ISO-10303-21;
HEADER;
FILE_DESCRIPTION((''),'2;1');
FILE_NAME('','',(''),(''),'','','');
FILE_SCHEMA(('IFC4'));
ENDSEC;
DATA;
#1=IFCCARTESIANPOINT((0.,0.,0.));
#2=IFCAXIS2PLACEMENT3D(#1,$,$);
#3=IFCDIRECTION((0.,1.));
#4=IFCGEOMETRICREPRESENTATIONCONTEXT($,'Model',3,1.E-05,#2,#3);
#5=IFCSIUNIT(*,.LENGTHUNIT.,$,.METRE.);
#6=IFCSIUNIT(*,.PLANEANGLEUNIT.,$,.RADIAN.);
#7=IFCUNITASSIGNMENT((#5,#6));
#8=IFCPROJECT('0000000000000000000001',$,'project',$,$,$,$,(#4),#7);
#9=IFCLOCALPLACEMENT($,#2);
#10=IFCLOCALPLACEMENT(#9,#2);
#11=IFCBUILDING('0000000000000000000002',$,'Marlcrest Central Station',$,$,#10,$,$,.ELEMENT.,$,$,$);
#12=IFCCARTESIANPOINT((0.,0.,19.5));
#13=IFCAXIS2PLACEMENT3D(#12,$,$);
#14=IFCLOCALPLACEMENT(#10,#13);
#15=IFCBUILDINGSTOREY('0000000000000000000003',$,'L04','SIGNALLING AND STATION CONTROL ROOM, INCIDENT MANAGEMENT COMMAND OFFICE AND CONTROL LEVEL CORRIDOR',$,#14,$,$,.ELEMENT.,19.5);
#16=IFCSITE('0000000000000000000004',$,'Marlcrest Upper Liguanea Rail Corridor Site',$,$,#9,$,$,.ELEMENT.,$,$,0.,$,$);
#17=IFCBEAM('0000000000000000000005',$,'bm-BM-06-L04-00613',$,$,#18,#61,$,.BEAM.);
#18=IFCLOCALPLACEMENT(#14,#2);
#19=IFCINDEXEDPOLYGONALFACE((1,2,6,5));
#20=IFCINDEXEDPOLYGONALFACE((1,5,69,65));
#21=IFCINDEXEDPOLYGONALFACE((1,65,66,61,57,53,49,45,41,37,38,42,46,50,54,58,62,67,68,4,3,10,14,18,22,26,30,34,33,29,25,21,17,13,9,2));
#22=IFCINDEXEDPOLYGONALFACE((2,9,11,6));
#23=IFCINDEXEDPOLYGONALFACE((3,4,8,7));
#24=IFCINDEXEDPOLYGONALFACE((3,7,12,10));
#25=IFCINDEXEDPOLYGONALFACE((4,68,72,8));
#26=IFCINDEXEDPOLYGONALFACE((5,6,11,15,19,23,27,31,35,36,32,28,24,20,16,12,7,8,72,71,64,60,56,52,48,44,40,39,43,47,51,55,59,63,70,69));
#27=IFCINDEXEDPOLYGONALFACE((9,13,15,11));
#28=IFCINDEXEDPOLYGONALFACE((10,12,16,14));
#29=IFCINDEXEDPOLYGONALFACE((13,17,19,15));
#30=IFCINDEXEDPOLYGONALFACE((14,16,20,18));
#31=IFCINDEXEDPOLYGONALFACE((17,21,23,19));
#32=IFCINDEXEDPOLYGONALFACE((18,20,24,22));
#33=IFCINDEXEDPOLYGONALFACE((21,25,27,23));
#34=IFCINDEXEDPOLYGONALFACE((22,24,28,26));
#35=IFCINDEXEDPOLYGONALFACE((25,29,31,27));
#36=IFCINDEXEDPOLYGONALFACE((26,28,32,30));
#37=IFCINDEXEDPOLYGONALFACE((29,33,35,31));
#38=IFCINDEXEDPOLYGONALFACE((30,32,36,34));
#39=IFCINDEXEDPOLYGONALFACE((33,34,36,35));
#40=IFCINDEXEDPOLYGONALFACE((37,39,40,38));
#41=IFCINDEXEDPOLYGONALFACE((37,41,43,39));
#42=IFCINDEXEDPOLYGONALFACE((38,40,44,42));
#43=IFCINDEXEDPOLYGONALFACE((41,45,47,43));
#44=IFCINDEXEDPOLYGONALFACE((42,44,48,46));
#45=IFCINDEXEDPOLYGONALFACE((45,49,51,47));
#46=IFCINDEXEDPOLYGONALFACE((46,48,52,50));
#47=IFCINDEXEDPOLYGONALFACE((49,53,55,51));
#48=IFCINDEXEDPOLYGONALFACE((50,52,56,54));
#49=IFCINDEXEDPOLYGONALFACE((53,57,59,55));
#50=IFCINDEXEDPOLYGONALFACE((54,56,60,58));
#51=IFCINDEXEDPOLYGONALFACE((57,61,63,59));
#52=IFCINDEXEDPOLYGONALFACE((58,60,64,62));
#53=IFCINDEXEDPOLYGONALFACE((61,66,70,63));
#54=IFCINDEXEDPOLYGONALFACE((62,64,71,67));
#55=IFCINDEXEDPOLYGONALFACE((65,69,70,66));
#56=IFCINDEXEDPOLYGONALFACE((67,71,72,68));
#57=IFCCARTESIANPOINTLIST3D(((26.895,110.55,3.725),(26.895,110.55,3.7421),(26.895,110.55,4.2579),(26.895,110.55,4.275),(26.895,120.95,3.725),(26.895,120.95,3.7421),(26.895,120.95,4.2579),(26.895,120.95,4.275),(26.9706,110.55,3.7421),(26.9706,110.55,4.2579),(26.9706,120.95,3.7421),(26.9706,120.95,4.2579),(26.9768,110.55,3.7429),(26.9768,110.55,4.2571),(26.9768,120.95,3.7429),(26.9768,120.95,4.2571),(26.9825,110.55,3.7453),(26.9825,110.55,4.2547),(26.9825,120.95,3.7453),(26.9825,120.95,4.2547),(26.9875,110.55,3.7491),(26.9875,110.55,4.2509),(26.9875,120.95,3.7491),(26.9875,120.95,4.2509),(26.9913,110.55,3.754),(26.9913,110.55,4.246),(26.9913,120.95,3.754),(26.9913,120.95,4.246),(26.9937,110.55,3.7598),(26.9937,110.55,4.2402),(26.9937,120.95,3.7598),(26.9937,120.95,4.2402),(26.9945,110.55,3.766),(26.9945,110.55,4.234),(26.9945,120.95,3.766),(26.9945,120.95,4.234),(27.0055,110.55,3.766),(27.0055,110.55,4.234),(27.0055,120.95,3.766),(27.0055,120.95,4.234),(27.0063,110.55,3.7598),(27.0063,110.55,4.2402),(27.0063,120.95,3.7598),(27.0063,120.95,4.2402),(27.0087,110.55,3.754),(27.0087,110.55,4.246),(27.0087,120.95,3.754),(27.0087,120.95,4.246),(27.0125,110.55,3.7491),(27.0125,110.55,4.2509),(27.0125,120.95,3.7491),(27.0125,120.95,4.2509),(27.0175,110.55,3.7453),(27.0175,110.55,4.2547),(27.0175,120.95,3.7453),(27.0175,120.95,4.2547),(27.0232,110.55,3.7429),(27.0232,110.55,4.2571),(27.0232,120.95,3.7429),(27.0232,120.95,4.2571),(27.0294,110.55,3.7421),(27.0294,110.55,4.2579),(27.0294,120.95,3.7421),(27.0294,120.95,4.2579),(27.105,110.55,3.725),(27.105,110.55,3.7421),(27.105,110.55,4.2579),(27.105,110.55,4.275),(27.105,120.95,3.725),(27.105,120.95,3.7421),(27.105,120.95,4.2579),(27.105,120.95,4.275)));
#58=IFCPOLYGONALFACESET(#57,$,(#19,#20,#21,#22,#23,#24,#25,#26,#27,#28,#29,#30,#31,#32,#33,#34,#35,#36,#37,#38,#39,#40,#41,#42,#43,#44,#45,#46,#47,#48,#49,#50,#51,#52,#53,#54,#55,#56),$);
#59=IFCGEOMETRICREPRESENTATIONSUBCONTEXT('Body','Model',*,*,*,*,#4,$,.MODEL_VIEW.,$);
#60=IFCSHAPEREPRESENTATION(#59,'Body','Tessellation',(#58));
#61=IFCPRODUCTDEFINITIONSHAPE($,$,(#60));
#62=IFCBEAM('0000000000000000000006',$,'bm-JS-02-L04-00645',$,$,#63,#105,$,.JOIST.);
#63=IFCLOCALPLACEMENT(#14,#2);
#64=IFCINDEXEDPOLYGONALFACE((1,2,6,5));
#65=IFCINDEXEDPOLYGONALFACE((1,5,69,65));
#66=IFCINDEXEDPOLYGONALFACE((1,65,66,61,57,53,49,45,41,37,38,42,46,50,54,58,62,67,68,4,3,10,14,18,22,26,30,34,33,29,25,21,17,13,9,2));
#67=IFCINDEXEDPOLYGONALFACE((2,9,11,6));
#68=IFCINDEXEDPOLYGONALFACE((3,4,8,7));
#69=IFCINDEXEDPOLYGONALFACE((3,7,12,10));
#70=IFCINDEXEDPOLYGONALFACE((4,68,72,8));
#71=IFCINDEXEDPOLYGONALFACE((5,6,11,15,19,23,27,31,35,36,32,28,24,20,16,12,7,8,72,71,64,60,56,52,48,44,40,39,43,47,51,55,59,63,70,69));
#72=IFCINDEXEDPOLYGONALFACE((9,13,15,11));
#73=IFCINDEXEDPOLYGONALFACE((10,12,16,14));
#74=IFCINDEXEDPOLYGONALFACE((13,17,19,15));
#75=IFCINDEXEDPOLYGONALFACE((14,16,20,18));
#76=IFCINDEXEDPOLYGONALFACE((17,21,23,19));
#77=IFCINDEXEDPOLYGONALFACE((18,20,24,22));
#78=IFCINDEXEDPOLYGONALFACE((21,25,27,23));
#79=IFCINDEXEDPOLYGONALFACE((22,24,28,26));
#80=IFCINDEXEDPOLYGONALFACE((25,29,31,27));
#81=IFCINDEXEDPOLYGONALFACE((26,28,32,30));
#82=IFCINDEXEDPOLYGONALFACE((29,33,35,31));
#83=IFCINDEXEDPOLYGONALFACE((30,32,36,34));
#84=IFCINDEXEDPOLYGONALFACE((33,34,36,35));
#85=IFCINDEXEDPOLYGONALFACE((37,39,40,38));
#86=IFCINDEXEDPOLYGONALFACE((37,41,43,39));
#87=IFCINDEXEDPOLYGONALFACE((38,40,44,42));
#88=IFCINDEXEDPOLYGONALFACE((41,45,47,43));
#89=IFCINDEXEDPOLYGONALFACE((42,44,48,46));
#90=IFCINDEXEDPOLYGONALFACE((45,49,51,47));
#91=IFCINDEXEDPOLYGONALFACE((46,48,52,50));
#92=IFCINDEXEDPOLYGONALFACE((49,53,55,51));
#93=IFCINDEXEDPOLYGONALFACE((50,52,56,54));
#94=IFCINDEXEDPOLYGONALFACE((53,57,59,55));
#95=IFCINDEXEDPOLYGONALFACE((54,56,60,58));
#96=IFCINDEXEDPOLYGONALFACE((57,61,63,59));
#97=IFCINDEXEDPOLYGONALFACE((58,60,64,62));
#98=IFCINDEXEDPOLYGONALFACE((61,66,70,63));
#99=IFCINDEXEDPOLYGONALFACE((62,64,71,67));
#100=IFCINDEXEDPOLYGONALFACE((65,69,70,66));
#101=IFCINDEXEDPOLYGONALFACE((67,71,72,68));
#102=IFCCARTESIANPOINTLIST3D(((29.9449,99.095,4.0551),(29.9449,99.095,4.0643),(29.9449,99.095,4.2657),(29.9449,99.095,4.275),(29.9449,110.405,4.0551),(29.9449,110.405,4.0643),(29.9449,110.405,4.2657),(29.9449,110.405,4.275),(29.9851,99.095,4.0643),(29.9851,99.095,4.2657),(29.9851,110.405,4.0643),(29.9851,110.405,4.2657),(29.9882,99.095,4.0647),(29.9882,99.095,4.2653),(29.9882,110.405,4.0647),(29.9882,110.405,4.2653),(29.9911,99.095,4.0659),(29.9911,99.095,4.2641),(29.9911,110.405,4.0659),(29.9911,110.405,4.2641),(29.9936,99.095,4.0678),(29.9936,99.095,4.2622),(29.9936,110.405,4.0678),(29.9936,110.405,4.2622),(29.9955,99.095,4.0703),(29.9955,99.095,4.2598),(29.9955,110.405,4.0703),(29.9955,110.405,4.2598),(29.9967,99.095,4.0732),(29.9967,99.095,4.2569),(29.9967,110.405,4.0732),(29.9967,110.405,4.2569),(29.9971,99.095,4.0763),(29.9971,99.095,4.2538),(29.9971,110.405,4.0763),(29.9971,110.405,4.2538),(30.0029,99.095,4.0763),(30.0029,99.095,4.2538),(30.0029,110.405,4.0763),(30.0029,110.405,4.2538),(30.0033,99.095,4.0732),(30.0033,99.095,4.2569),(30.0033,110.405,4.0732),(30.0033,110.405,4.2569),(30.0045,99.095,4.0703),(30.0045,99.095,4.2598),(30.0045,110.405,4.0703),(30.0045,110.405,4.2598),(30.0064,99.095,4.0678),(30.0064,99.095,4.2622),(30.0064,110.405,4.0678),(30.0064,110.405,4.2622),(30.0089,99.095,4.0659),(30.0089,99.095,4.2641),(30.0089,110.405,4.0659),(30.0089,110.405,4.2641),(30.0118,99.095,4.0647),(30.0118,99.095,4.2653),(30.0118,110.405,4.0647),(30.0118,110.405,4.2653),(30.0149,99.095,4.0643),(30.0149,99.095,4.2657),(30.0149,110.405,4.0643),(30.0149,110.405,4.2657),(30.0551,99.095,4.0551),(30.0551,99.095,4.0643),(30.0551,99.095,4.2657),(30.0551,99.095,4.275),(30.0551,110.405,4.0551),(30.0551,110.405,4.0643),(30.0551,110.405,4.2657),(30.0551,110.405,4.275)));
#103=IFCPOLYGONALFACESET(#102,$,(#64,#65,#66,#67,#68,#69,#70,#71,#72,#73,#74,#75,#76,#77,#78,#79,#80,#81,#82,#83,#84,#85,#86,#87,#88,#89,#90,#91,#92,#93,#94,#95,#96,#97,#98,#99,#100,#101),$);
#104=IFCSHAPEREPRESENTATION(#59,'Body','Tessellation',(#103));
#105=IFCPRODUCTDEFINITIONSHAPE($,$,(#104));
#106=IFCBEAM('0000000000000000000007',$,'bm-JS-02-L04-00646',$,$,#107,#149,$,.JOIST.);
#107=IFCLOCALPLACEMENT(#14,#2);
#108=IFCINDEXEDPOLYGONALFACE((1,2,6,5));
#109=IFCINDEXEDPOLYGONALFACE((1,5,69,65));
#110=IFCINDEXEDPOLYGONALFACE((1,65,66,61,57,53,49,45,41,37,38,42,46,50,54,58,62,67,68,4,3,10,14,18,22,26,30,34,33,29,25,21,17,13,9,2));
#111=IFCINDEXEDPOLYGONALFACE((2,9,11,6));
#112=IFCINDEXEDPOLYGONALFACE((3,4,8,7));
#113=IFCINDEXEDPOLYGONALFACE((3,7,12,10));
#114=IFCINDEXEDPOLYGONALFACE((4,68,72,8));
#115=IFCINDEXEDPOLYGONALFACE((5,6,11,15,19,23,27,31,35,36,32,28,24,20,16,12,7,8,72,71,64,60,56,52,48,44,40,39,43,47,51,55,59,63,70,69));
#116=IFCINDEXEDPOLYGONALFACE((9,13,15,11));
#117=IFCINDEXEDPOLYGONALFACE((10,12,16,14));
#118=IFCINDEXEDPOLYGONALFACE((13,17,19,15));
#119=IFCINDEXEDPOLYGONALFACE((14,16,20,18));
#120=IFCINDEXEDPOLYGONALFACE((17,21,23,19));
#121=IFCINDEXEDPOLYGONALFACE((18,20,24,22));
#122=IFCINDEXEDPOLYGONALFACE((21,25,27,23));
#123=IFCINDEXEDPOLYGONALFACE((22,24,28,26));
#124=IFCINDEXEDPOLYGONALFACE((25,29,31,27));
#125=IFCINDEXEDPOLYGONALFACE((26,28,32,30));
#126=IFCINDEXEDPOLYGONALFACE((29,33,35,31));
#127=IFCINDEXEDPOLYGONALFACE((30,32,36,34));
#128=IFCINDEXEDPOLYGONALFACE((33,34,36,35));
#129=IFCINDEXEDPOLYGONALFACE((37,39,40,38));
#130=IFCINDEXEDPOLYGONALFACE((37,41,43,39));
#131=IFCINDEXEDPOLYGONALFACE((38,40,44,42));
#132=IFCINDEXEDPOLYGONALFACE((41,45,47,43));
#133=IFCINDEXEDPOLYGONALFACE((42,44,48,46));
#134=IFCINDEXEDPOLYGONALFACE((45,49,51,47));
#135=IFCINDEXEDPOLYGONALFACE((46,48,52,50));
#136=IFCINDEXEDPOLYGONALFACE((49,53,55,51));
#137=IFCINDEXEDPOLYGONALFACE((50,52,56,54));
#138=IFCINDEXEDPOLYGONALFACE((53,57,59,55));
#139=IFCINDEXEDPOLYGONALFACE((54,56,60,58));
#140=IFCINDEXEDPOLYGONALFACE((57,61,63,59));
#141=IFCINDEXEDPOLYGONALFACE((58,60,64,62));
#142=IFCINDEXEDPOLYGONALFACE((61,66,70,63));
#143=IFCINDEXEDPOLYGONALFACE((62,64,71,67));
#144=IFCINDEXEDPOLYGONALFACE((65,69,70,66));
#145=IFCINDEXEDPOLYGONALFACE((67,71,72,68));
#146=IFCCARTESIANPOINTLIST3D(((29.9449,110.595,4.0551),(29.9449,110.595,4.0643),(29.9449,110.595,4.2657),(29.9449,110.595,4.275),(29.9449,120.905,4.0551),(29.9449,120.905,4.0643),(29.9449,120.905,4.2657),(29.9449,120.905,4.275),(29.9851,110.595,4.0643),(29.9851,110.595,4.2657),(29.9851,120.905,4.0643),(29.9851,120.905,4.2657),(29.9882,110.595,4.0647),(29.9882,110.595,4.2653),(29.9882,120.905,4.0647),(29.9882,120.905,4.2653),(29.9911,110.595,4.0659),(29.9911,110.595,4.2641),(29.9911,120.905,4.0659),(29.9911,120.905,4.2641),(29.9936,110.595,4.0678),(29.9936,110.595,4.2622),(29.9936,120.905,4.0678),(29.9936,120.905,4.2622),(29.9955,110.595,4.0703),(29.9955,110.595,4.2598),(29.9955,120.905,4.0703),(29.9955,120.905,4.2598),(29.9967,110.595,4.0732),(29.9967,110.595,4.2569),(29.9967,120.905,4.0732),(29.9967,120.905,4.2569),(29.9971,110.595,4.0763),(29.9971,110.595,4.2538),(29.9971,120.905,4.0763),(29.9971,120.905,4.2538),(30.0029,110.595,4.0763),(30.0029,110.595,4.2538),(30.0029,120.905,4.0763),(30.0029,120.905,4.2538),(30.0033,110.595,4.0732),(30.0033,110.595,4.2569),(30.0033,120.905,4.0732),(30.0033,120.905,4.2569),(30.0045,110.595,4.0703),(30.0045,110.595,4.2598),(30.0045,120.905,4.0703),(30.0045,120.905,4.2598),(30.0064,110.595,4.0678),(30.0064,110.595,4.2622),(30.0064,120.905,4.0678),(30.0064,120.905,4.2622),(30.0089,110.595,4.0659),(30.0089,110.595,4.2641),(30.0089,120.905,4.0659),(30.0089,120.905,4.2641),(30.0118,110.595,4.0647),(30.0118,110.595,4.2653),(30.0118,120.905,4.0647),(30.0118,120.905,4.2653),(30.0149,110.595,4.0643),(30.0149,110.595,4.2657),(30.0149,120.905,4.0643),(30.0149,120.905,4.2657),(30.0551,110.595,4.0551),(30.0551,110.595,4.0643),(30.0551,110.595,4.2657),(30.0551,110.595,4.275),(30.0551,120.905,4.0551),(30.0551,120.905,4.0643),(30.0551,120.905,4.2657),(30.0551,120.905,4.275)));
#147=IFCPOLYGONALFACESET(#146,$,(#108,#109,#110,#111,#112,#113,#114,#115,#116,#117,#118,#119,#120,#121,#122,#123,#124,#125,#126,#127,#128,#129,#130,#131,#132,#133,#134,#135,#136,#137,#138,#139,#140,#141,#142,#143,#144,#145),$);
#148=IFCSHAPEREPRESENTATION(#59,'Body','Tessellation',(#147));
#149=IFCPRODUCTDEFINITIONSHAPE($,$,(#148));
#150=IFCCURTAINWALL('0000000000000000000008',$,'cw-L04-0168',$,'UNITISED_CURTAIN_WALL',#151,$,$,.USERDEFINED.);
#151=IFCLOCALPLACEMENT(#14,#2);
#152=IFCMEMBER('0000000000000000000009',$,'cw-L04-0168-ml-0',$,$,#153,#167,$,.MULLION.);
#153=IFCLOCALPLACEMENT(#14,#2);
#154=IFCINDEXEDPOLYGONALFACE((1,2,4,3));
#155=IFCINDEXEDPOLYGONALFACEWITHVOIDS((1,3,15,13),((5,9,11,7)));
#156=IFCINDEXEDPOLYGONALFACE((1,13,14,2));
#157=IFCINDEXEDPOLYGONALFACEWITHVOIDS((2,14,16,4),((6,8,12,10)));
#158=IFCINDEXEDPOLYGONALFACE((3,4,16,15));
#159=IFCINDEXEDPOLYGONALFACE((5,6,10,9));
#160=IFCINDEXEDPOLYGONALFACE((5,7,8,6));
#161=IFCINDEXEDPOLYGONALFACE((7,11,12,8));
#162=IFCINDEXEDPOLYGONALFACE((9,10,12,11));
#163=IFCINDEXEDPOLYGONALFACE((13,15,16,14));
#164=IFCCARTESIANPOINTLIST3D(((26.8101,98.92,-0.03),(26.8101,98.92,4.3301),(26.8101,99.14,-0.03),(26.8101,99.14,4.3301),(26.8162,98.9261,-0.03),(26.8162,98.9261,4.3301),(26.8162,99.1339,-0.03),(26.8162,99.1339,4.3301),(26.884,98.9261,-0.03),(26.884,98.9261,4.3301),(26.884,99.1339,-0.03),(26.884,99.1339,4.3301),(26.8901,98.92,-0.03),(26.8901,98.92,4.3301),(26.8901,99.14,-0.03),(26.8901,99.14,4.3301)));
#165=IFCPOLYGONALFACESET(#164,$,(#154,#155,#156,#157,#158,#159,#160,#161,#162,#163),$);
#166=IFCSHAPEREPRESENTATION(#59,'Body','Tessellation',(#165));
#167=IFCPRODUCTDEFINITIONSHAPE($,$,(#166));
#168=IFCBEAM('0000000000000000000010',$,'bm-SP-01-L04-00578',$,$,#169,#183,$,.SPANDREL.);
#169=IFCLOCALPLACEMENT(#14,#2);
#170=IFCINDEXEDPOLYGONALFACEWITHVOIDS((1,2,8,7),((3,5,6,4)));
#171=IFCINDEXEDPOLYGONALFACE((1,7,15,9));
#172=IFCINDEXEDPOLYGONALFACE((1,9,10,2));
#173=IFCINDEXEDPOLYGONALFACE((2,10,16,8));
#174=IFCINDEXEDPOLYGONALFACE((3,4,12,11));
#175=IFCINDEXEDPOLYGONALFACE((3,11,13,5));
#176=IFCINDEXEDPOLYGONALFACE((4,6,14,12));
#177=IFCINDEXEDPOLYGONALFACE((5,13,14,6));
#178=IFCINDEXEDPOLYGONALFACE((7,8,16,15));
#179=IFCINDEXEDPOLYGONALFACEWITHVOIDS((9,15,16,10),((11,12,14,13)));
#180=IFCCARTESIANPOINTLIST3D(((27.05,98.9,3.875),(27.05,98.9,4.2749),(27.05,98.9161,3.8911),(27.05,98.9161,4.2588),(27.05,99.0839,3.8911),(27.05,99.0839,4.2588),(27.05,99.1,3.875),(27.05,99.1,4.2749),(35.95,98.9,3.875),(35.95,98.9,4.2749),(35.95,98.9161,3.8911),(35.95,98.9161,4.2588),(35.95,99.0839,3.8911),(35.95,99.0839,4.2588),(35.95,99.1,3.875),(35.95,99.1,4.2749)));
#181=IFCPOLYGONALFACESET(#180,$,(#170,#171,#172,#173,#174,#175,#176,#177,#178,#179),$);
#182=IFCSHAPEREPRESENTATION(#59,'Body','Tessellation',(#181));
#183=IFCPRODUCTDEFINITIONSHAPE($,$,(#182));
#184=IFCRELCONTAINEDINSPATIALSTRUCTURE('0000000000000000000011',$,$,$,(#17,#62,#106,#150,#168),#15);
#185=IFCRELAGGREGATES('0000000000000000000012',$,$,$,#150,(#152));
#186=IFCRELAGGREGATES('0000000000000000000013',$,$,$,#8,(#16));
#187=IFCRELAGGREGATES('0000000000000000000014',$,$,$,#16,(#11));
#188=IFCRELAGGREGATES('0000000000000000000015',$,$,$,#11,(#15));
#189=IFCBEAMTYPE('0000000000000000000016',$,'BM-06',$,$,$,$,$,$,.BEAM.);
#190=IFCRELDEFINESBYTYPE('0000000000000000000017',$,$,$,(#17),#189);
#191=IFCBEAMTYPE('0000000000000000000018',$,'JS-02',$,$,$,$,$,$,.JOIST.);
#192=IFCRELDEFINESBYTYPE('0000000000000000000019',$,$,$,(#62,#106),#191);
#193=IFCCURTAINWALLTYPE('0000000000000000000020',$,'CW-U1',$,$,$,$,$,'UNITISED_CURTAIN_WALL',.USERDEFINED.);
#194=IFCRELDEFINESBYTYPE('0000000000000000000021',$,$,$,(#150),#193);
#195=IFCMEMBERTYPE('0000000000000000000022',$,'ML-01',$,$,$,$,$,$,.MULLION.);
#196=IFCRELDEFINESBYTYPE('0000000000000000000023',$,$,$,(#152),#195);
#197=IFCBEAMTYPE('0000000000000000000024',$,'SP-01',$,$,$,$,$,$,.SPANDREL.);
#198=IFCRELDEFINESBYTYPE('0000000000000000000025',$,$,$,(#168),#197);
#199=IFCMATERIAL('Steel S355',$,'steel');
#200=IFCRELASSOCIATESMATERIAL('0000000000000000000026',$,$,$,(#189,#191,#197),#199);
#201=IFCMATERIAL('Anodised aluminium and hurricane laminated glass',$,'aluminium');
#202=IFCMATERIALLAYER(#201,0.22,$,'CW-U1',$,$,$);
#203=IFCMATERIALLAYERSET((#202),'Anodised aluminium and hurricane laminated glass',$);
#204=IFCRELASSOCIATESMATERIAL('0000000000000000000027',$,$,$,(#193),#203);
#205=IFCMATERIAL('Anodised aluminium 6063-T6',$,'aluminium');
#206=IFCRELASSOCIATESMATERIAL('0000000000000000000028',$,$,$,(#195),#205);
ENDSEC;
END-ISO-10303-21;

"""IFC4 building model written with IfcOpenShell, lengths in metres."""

from ifc_helpers import new_model, si_unit, direction, frame, origin, origin_2d, place, context, subcontext, project, spatial, hollow_rectangle, i_section, extrude, material, layer, layer_set, material_profile, profile_set, type_object, element, aggregate, save


model = new_model("IFC4")

# Units and contexts
model_context = context("Model", 3, precision=1e-05, world=origin(), true_north=direction((0.0, 1.0)))
body_context = subcontext(model_context, "Body", "Model", "MODEL_VIEW")
ifc_project = project(units=[si_unit("LENGTHUNIT", "METRE"), si_unit("PLANEANGLEUNIT", "RADIAN")], contexts=[model_context])

# Site, building, storey
site_placement = place(None, origin())
site = spatial("IfcSite", under=ifc_project, at=site_placement, Name="Marlcrest Upper Liguanea Rail Corridor Site", CompositionType="ELEMENT", RefElevation=0.0)
building_placement = place(site_placement, origin())
building = spatial("IfcBuilding", under=site, at=building_placement, Name="Marlcrest Central Station", CompositionType="ELEMENT")
storey_placement = place(building_placement, frame((0.0, 0.0, 19.5)))
storey = spatial("IfcBuildingStorey", under=building, at=storey_placement, Name="L04", Description="SIGNALLING AND STATION CONTROL ROOM, INCIDENT MANAGEMENT COMMAND OFFICE AND CONTROL LEVEL CORRIDOR", CompositionType="ELEMENT", Elevation=19.5)

# Shared definitions
ifc_material_1 = material(Name="Steel S355", Category="steel")

# Beams
ifc_material_profile_1 = material_profile(ifc_material_1, i_section(OverallWidth=0.21, OverallDepth=0.55, WebThickness=0.011, FlangeThickness=0.0171, FilletRadius=0.0239, at=origin_2d()), Name="IPE 550")
ifc_profile_set_1 = profile_set([ifc_material_profile_1], Name="Steel S355")
beam_type_1 = type_object("IfcBeamType", Name="BM-06", PredefinedType="BEAM", material=ifc_profile_set_1)
beam_1_placement = place(storey_placement, frame((27.0, 110.55, 4.0), z_axis=(0.0, 1.0, 0.0), x_axis=(-1.0, 0.0, 0.0)))
element("IfcBeam", 1, at=beam_1_placement, inside=storey, type_object=beam_type_1, Name="bm-BM-06-L04-00613", PredefinedType="BEAM", context=body_context, shape_type="SweptSolid", body=[
    extrude(i_section(OverallWidth=0.21, OverallDepth=0.55, WebThickness=0.011, FlangeThickness=0.0171, FilletRadius=0.0239, at=origin_2d()), origin(), (0.0, 0.0, 1.0), 10.3999),
])
ifc_material_profile_2 = material_profile(ifc_material_1, i_section(OverallWidth=0.1101, OverallDepth=0.22, WebThickness=0.0059, FlangeThickness=0.0093, FilletRadius=0.012, at=origin_2d()), Name="IPE 220")
ifc_profile_set_2 = profile_set([ifc_material_profile_2], Name="Steel S355")
beam_type_2 = type_object("IfcBeamType", Name="JS-02", PredefinedType="JOIST", material=ifc_profile_set_2)
beam_2_placement = place(storey_placement, frame((30.0, 99.095, 4.165), z_axis=(0.0, 1.0, 0.0), x_axis=(-1.0, 0.0, 0.0)))
element("IfcBeam", 2, at=beam_2_placement, inside=storey, type_object=beam_type_2, Name="bm-JS-02-L04-00645", PredefinedType="JOIST", context=body_context, shape_type="SweptSolid", body=[
    extrude(i_section(OverallWidth=0.1101, OverallDepth=0.22, WebThickness=0.0059, FlangeThickness=0.0093, FilletRadius=0.012, at=origin_2d()), origin(), (0.0, 0.0, 1.0), 11.3101),
])
beam_3_placement = place(storey_placement, frame((30.0, 110.595, 4.165), z_axis=(0.0, 1.0, 0.0), x_axis=(-1.0, 0.0, 0.0)))
element("IfcBeam", 3, at=beam_3_placement, inside=storey, type_object=beam_type_2, Name="bm-JS-02-L04-00646", PredefinedType="JOIST", context=body_context, shape_type="SweptSolid", body=[
    extrude(i_section(OverallWidth=0.1101, OverallDepth=0.22, WebThickness=0.0059, FlangeThickness=0.0093, FilletRadius=0.012, at=origin_2d()), origin(), (0.0, 0.0, 1.0), 10.3101),
])

# Curtain wall, member
ifc_material_2 = material(Name="Anodised aluminium and hurricane laminated glass", Category="aluminium")
ifc_layer_1 = layer(ifc_material_2, 0.22, Name="CW-U1")
ifc_layer_set_1 = layer_set([ifc_layer_1], Name="Anodised aluminium and hurricane laminated glass")
curtain_wall_type = type_object("IfcCurtainWallType", Name="CW-U1", ElementType="UNITISED_CURTAIN_WALL", PredefinedType="USERDEFINED", material=ifc_layer_set_1)
curtain_wall_placement = place(storey_placement, origin())
curtain_wall = element("IfcCurtainWall", 4, at=curtain_wall_placement, inside=storey, type_object=curtain_wall_type, Name="cw-L04-0168", ObjectType="UNITISED_CURTAIN_WALL", PredefinedType="USERDEFINED")
ifc_material_3 = material(Name="Anodised aluminium 6063-T6", Category="aluminium")
ifc_material_profile_3 = material_profile(ifc_material_3, hollow_rectangle(XDim=0.0801, YDim=0.22, WallThickness=0.0061, at=origin_2d()), Name="AA-RHS 220x80x6")
ifc_profile_set_3 = profile_set([ifc_material_profile_3], Name="Anodised aluminium 6063-T6")
member_type_1 = type_object("IfcMemberType", Name="ML-01", PredefinedType="MULLION", material=ifc_profile_set_3)
member_1_placement = place(storey_placement, frame((26.8501, 99.03, -0.03), z_axis=(0.0, 0.0, 1.0), x_axis=(1.0, 0.0, 0.0)))
member_1 = element("IfcMember", 5, at=member_1_placement, type_object=member_type_1, Name="cw-L04-0168-ml-0", PredefinedType="MULLION", context=body_context, shape_type="SweptSolid", body=[
    extrude(hollow_rectangle(XDim=0.0801, YDim=0.22, WallThickness=0.0061, at=origin_2d()), origin(), (0.0, 0.0, 1.0), 4.3601),
])

# Beam
ifc_material_profile_4 = material_profile(ifc_material_1, hollow_rectangle(XDim=0.2, YDim=0.3999, WallThickness=0.0161, at=origin_2d()), Name="RHS 400x200x16")
ifc_profile_set_4 = profile_set([ifc_material_profile_4], Name="Steel S355")
beam_type_3 = type_object("IfcBeamType", Name="SP-01", PredefinedType="SPANDREL", material=ifc_profile_set_4)
beam_4_placement = place(storey_placement, frame((27.05, 99.0, 4.075), z_axis=(1.0, 0.0, 0.0), x_axis=(0.0, 1.0, 0.0)))
element("IfcBeam", 6, at=beam_4_placement, inside=storey, type_object=beam_type_3, Name="bm-SP-01-L04-00578", PredefinedType="SPANDREL", context=body_context, shape_type="SweptSolid", body=[
    extrude(hollow_rectangle(XDim=0.2, YDim=0.3999, WallThickness=0.0161, at=origin_2d()), origin(), (0.0, 0.0, 1.0), 8.8999),
])

aggregate(curtain_wall, [member_1])

save(model, "model.ifc")
